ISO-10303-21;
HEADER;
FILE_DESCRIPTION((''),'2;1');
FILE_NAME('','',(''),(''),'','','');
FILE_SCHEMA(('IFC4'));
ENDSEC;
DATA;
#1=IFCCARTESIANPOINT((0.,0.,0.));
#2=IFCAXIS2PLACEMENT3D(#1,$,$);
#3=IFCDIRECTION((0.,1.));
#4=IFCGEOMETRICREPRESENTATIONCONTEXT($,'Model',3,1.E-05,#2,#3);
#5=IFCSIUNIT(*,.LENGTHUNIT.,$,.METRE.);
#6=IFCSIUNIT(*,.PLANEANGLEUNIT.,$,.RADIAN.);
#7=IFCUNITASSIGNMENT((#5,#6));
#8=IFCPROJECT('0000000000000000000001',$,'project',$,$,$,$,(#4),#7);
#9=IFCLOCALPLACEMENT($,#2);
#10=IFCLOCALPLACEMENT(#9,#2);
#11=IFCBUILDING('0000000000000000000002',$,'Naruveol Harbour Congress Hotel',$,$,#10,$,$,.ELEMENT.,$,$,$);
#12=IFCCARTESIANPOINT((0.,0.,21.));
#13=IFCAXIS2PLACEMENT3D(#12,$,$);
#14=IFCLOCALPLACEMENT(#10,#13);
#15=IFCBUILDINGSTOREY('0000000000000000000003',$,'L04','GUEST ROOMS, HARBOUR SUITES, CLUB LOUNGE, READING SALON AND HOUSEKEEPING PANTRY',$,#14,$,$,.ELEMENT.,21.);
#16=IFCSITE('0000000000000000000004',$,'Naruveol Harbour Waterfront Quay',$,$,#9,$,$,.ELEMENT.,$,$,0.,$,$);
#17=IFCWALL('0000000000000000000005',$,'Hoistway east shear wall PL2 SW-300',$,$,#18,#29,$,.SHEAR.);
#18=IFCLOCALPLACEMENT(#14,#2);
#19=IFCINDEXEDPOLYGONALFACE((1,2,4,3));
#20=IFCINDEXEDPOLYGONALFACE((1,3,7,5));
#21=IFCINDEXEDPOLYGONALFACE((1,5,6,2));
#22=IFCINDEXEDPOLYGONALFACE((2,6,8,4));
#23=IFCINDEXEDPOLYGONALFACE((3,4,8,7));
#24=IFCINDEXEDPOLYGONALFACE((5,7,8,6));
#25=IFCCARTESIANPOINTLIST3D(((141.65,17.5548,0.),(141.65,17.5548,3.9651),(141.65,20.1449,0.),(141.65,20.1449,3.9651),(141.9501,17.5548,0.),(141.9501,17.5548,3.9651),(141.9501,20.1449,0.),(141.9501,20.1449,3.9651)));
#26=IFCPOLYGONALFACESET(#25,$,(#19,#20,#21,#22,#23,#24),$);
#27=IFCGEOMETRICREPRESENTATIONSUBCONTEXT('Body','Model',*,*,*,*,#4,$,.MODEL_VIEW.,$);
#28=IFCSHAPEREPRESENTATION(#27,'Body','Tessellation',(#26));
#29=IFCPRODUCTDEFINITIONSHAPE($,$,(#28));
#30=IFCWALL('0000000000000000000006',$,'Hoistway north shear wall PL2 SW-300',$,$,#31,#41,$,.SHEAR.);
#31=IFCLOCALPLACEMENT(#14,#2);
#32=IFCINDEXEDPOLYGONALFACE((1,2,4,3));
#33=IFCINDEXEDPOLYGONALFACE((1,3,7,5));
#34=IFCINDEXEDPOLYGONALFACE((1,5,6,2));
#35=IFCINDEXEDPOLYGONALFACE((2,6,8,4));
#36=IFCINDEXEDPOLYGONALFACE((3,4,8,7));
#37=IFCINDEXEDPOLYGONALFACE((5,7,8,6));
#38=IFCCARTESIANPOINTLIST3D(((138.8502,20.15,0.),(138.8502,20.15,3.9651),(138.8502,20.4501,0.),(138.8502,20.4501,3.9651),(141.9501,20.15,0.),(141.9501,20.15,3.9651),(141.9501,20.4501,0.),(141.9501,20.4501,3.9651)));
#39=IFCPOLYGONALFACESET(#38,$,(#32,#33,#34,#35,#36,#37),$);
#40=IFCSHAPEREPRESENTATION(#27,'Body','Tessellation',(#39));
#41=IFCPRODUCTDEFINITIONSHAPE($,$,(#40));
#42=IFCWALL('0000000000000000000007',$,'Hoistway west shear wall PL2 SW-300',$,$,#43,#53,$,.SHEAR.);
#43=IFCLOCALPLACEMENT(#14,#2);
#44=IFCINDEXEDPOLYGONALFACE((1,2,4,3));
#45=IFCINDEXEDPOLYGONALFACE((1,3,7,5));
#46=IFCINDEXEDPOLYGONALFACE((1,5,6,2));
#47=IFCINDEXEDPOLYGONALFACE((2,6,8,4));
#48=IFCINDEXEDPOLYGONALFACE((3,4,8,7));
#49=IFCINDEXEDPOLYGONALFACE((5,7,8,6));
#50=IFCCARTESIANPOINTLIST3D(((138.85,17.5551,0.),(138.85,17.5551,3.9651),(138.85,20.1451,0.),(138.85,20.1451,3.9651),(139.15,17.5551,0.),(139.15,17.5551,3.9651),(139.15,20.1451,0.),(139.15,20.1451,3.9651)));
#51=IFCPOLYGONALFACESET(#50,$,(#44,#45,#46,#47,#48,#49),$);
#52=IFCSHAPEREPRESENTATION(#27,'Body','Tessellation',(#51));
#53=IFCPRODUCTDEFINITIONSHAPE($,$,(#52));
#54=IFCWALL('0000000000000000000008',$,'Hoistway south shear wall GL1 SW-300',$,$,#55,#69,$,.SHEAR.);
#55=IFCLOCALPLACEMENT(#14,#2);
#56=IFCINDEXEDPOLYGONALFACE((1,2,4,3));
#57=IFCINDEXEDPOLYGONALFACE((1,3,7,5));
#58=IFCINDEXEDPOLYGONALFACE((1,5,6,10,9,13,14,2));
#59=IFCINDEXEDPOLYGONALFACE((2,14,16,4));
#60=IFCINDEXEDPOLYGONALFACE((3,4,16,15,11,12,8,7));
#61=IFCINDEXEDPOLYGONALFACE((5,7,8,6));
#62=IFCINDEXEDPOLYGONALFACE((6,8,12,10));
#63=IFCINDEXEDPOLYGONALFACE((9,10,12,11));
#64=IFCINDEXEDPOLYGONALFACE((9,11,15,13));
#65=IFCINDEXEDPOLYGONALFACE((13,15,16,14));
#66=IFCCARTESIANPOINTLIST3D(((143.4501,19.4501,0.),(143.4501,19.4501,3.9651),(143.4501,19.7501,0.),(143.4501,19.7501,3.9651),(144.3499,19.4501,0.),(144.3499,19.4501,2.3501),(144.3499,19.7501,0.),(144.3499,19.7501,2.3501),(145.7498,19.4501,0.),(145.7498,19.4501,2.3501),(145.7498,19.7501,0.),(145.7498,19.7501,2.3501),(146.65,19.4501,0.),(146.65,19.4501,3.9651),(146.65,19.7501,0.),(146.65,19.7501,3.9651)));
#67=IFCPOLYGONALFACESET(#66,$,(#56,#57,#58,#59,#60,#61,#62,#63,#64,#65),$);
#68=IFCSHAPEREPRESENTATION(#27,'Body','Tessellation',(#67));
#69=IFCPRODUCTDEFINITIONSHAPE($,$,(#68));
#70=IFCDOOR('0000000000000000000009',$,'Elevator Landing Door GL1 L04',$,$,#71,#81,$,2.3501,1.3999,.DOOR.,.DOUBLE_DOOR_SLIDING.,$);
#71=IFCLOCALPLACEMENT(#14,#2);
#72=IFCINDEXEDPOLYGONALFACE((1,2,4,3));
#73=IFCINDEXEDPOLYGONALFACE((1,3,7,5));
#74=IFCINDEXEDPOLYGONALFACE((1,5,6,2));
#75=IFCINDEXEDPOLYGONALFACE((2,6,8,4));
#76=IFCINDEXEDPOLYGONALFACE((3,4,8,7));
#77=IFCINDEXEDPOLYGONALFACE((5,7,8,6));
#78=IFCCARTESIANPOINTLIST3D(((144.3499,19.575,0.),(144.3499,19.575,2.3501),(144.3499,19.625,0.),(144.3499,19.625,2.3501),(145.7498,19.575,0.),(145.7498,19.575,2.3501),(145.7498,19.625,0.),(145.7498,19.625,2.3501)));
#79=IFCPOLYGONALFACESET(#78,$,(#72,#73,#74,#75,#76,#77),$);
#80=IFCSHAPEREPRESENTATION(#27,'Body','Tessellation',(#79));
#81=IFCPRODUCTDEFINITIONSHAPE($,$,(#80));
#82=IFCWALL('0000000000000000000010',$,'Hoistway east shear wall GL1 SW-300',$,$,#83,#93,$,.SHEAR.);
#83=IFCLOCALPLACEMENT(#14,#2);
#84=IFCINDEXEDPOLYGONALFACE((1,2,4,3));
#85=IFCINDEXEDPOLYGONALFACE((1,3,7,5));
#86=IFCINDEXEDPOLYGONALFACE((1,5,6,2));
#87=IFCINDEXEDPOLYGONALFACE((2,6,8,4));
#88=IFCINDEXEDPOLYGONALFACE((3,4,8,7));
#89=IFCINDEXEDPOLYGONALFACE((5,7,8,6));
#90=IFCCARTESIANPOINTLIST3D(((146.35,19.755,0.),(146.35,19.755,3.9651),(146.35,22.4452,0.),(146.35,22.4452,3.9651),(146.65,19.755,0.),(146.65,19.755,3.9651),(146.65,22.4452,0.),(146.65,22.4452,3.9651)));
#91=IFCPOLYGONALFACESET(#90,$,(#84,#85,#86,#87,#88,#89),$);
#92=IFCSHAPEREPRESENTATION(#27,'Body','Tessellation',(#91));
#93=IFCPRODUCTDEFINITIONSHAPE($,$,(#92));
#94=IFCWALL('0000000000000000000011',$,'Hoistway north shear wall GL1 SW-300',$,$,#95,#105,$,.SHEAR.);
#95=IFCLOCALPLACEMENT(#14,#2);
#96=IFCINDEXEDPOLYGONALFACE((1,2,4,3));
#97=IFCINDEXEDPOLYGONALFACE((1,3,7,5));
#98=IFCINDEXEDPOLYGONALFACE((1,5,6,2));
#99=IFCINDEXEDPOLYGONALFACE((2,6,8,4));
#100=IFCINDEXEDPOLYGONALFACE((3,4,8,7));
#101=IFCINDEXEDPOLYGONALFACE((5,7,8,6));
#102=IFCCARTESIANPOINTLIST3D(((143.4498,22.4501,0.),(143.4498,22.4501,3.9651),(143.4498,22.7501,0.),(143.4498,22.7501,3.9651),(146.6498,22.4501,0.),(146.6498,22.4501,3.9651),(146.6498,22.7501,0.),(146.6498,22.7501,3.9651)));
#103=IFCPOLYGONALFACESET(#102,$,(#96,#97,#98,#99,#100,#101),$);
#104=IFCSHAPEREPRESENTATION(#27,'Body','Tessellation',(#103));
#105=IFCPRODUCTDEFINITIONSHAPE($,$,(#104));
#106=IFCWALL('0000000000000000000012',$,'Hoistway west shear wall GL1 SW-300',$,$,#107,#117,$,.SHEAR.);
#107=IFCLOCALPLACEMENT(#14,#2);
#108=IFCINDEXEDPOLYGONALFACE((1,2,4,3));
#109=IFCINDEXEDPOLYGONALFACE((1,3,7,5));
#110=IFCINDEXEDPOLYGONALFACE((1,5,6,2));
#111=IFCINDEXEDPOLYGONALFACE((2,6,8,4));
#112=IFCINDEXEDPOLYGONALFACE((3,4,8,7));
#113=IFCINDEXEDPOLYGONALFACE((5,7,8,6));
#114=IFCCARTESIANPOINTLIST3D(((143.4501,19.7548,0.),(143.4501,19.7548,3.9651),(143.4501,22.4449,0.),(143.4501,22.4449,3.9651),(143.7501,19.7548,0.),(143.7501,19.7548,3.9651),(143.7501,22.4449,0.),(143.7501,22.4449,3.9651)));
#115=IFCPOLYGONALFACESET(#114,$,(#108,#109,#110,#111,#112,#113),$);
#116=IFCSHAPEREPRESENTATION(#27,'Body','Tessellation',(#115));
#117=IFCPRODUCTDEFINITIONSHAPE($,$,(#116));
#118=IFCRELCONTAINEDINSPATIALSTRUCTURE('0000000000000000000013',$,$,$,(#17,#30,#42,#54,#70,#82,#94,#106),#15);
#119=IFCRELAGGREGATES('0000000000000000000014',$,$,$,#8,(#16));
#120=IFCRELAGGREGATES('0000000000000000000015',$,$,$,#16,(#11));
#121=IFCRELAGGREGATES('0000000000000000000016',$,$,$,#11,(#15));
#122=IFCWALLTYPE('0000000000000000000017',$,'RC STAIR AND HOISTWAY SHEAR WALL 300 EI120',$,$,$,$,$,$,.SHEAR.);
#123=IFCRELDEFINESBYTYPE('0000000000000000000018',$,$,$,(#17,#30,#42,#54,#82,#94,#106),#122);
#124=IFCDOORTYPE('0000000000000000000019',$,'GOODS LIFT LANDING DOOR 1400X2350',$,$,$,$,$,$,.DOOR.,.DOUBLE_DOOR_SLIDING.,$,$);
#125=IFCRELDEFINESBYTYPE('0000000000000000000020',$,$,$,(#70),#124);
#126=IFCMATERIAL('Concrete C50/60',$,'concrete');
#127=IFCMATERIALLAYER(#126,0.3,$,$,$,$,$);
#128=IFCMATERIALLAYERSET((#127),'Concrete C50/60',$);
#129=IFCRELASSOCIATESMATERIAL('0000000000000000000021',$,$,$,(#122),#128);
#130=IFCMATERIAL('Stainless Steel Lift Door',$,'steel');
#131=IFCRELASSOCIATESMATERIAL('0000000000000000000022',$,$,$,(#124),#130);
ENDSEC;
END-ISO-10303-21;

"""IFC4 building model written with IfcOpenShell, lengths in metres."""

from ifc_helpers import new_model, si_unit, direction, frame, frame_2d, origin, place, context, subcontext, project, spatial, rectangle, extrude, material, layer, layer_set, type_object, element, fill, save


model = new_model("IFC4")

# Units and contexts
model_context = context("Model", 3, precision=1e-05, world=origin(), true_north=direction((0.0, 1.0)))
body_context = subcontext(model_context, "Body", "Model", "MODEL_VIEW")
ifc_project = project(units=[si_unit("LENGTHUNIT", "METRE"), si_unit("PLANEANGLEUNIT", "RADIAN")], contexts=[model_context])

# Site, building, storey
site_placement = place(None, origin())
site = spatial("IfcSite", under=ifc_project, at=site_placement, Name="Naruveol Harbour Waterfront Quay", CompositionType="ELEMENT", RefElevation=0.0)
building_placement = place(site_placement, origin())
building = spatial("IfcBuilding", under=site, at=building_placement, Name="Naruveol Harbour Congress Hotel", CompositionType="ELEMENT")
storey_placement = place(building_placement, frame((0.0, 0.0, 21.0)))
storey = spatial("IfcBuildingStorey", under=building, at=storey_placement, Name="L04", Description="GUEST ROOMS, HARBOUR SUITES, CLUB LOUNGE, READING SALON AND HOUSEKEEPING PANTRY", CompositionType="ELEMENT", Elevation=21.0)

# Shared definitions
ifc_material_1 = material(Name="Concrete C50/60", Category="concrete")
ifc_layer_1 = layer(ifc_material_1, 0.3)
ifc_layer_set_1 = layer_set([ifc_layer_1], Name="Concrete C50/60")
wall_type_1 = type_object("IfcWallType", Name="RC STAIR AND HOISTWAY SHEAR WALL 300 EI120", PredefinedType="SHEAR", material=ifc_layer_set_1)

# Walls
wall_1_placement = place(storey_placement, frame((141.8, 17.5549, 0.0), z_axis=(0.0, 0.0, 1.0), x_axis=(0.0, 1.0, 0.0)))
element("IfcWall", 1, at=wall_1_placement, inside=storey, type_object=wall_type_1, Name="Hoistway east shear wall PL2 SW-300", PredefinedType="SHEAR", context=body_context, shape_type="SweptSolid", body=[
    extrude(rectangle(XDim=2.5901, YDim=0.3, at=frame_2d((1.2949, 0.0))), origin(), (0.0, 0.0, 1.0), 3.9651),
])
wall_2_placement = place(storey_placement, frame((141.95, 20.3, 0.0), z_axis=(0.0, 0.0, 1.0), x_axis=(-1.0, 0.0, 0.0)))
element("IfcWall", 2, at=wall_2_placement, inside=storey, type_object=wall_type_1, Name="Hoistway north shear wall PL2 SW-300", PredefinedType="SHEAR", context=body_context, shape_type="SweptSolid", body=[
    extrude(rectangle(XDim=3.0999, YDim=0.3, at=frame_2d((1.5498, 0.0))), origin(), (0.0, 0.0, 1.0), 3.9651),
])
wall_3_placement = place(storey_placement, frame((139.0, 20.145, 0.0), z_axis=(0.0, 0.0, 1.0), x_axis=(0.0, -1.0, 0.0)))
element("IfcWall", 3, at=wall_3_placement, inside=storey, type_object=wall_type_1, Name="Hoistway west shear wall PL2 SW-300", PredefinedType="SHEAR", context=body_context, shape_type="SweptSolid", body=[
    extrude(rectangle(XDim=2.5901, YDim=0.3, at=frame_2d((1.2949, 0.0))), origin(), (0.0, 0.0, 1.0), 3.9651),
])

# Wall, opening, door
wall_4_placement = place(storey_placement, frame((143.45, 19.6001, 0.0), z_axis=(0.0, 0.0, 1.0), x_axis=(1.0, 0.0, 0.0)))
wall_4 = element("IfcWall", 4, at=wall_4_placement, inside=storey, type_object=wall_type_1, Name="Hoistway south shear wall GL1 SW-300", PredefinedType="SHEAR", context=body_context, shape_type="SweptSolid", body=[
    extrude(rectangle(XDim=3.2, YDim=0.3, at=frame_2d((1.6001, 0.0))), origin(), (0.0, 0.0, 1.0), 3.9651),
])
opening_1_placement = place(wall_4_placement, frame((0.8999, 0.0, 0.0)))
opening_1 = element("IfcOpeningElement", 5, at=opening_1_placement, cuts=wall_4, PredefinedType="OPENING", context=body_context, shape_type="SweptSolid", body=[
    extrude(rectangle(XDim=1.3999, YDim=2.3501, at=frame_2d((0.7, 1.175))), frame((0.0, 0.1599, 0.0), z_axis=(0.0, -1.0, 0.0), x_axis=(1.0, 0.0, 0.0)), (0.0, 0.0, 1.0), 0.3201),
])
ifc_material_2 = material(Name="Stainless Steel Lift Door", Category="steel")
door_type_1 = type_object("IfcDoorType", Name="GOODS LIFT LANDING DOOR 1400X2350", OperationType="DOUBLE_DOOR_SLIDING", PredefinedType="DOOR", material=ifc_material_2)
door_1_placement = place(opening_1_placement, origin())
door_1 = element("IfcDoor", 6, at=door_1_placement, inside=storey, type_object=door_type_1, Name="Elevator Landing Door GL1 L04", OperationType="DOUBLE_DOOR_SLIDING", OverallHeight=2.3501, OverallWidth=1.3999, PredefinedType="DOOR", context=body_context, shape_type="SweptSolid", body=[
    extrude(rectangle(XDim=1.3999, YDim=2.3501, at=frame_2d((0.7, 1.175))), frame((0.0, 0.0249, 0.0), z_axis=(0.0, -1.0, 0.0), x_axis=(1.0, 0.0, 0.0)), (0.0, 0.0, 1.0), 0.05),
])
fill(opening_1, door_1)

# Walls
wall_5_placement = place(storey_placement, frame((146.5, 19.7549, 0.0), z_axis=(0.0, 0.0, 1.0), x_axis=(0.0, 1.0, 0.0)))
element("IfcWall", 7, at=wall_5_placement, inside=storey, type_object=wall_type_1, Name="Hoistway east shear wall GL1 SW-300", PredefinedType="SHEAR", context=body_context, shape_type="SweptSolid", body=[
    extrude(rectangle(XDim=2.6902, YDim=0.3, at=frame_2d((1.3452, 0.0))), origin(), (0.0, 0.0, 1.0), 3.9651),
])
wall_6_placement = place(storey_placement, frame((146.6499, 22.6001, 0.0), z_axis=(0.0, 0.0, 1.0), x_axis=(-1.0, 0.0, 0.0)))
element("IfcWall", 8, at=wall_6_placement, inside=storey, type_object=wall_type_1, Name="Hoistway north shear wall GL1 SW-300", PredefinedType="SHEAR", context=body_context, shape_type="SweptSolid", body=[
    extrude(rectangle(XDim=3.2, YDim=0.3, at=frame_2d((1.6001, 0.0))), origin(), (0.0, 0.0, 1.0), 3.9651),
])
wall_7_placement = place(storey_placement, frame((143.6001, 22.4451, 0.0), z_axis=(0.0, 0.0, 1.0), x_axis=(0.0, -1.0, 0.0)))
element("IfcWall", 9, at=wall_7_placement, inside=storey, type_object=wall_type_1, Name="Hoistway west shear wall GL1 SW-300", PredefinedType="SHEAR", context=body_context, shape_type="SweptSolid", body=[
    extrude(rectangle(XDim=2.6902, YDim=0.3, at=frame_2d((1.3452, 0.0))), origin(), (0.0, 0.0, 1.0), 3.9651),
])

save(model, "model.ifc")
